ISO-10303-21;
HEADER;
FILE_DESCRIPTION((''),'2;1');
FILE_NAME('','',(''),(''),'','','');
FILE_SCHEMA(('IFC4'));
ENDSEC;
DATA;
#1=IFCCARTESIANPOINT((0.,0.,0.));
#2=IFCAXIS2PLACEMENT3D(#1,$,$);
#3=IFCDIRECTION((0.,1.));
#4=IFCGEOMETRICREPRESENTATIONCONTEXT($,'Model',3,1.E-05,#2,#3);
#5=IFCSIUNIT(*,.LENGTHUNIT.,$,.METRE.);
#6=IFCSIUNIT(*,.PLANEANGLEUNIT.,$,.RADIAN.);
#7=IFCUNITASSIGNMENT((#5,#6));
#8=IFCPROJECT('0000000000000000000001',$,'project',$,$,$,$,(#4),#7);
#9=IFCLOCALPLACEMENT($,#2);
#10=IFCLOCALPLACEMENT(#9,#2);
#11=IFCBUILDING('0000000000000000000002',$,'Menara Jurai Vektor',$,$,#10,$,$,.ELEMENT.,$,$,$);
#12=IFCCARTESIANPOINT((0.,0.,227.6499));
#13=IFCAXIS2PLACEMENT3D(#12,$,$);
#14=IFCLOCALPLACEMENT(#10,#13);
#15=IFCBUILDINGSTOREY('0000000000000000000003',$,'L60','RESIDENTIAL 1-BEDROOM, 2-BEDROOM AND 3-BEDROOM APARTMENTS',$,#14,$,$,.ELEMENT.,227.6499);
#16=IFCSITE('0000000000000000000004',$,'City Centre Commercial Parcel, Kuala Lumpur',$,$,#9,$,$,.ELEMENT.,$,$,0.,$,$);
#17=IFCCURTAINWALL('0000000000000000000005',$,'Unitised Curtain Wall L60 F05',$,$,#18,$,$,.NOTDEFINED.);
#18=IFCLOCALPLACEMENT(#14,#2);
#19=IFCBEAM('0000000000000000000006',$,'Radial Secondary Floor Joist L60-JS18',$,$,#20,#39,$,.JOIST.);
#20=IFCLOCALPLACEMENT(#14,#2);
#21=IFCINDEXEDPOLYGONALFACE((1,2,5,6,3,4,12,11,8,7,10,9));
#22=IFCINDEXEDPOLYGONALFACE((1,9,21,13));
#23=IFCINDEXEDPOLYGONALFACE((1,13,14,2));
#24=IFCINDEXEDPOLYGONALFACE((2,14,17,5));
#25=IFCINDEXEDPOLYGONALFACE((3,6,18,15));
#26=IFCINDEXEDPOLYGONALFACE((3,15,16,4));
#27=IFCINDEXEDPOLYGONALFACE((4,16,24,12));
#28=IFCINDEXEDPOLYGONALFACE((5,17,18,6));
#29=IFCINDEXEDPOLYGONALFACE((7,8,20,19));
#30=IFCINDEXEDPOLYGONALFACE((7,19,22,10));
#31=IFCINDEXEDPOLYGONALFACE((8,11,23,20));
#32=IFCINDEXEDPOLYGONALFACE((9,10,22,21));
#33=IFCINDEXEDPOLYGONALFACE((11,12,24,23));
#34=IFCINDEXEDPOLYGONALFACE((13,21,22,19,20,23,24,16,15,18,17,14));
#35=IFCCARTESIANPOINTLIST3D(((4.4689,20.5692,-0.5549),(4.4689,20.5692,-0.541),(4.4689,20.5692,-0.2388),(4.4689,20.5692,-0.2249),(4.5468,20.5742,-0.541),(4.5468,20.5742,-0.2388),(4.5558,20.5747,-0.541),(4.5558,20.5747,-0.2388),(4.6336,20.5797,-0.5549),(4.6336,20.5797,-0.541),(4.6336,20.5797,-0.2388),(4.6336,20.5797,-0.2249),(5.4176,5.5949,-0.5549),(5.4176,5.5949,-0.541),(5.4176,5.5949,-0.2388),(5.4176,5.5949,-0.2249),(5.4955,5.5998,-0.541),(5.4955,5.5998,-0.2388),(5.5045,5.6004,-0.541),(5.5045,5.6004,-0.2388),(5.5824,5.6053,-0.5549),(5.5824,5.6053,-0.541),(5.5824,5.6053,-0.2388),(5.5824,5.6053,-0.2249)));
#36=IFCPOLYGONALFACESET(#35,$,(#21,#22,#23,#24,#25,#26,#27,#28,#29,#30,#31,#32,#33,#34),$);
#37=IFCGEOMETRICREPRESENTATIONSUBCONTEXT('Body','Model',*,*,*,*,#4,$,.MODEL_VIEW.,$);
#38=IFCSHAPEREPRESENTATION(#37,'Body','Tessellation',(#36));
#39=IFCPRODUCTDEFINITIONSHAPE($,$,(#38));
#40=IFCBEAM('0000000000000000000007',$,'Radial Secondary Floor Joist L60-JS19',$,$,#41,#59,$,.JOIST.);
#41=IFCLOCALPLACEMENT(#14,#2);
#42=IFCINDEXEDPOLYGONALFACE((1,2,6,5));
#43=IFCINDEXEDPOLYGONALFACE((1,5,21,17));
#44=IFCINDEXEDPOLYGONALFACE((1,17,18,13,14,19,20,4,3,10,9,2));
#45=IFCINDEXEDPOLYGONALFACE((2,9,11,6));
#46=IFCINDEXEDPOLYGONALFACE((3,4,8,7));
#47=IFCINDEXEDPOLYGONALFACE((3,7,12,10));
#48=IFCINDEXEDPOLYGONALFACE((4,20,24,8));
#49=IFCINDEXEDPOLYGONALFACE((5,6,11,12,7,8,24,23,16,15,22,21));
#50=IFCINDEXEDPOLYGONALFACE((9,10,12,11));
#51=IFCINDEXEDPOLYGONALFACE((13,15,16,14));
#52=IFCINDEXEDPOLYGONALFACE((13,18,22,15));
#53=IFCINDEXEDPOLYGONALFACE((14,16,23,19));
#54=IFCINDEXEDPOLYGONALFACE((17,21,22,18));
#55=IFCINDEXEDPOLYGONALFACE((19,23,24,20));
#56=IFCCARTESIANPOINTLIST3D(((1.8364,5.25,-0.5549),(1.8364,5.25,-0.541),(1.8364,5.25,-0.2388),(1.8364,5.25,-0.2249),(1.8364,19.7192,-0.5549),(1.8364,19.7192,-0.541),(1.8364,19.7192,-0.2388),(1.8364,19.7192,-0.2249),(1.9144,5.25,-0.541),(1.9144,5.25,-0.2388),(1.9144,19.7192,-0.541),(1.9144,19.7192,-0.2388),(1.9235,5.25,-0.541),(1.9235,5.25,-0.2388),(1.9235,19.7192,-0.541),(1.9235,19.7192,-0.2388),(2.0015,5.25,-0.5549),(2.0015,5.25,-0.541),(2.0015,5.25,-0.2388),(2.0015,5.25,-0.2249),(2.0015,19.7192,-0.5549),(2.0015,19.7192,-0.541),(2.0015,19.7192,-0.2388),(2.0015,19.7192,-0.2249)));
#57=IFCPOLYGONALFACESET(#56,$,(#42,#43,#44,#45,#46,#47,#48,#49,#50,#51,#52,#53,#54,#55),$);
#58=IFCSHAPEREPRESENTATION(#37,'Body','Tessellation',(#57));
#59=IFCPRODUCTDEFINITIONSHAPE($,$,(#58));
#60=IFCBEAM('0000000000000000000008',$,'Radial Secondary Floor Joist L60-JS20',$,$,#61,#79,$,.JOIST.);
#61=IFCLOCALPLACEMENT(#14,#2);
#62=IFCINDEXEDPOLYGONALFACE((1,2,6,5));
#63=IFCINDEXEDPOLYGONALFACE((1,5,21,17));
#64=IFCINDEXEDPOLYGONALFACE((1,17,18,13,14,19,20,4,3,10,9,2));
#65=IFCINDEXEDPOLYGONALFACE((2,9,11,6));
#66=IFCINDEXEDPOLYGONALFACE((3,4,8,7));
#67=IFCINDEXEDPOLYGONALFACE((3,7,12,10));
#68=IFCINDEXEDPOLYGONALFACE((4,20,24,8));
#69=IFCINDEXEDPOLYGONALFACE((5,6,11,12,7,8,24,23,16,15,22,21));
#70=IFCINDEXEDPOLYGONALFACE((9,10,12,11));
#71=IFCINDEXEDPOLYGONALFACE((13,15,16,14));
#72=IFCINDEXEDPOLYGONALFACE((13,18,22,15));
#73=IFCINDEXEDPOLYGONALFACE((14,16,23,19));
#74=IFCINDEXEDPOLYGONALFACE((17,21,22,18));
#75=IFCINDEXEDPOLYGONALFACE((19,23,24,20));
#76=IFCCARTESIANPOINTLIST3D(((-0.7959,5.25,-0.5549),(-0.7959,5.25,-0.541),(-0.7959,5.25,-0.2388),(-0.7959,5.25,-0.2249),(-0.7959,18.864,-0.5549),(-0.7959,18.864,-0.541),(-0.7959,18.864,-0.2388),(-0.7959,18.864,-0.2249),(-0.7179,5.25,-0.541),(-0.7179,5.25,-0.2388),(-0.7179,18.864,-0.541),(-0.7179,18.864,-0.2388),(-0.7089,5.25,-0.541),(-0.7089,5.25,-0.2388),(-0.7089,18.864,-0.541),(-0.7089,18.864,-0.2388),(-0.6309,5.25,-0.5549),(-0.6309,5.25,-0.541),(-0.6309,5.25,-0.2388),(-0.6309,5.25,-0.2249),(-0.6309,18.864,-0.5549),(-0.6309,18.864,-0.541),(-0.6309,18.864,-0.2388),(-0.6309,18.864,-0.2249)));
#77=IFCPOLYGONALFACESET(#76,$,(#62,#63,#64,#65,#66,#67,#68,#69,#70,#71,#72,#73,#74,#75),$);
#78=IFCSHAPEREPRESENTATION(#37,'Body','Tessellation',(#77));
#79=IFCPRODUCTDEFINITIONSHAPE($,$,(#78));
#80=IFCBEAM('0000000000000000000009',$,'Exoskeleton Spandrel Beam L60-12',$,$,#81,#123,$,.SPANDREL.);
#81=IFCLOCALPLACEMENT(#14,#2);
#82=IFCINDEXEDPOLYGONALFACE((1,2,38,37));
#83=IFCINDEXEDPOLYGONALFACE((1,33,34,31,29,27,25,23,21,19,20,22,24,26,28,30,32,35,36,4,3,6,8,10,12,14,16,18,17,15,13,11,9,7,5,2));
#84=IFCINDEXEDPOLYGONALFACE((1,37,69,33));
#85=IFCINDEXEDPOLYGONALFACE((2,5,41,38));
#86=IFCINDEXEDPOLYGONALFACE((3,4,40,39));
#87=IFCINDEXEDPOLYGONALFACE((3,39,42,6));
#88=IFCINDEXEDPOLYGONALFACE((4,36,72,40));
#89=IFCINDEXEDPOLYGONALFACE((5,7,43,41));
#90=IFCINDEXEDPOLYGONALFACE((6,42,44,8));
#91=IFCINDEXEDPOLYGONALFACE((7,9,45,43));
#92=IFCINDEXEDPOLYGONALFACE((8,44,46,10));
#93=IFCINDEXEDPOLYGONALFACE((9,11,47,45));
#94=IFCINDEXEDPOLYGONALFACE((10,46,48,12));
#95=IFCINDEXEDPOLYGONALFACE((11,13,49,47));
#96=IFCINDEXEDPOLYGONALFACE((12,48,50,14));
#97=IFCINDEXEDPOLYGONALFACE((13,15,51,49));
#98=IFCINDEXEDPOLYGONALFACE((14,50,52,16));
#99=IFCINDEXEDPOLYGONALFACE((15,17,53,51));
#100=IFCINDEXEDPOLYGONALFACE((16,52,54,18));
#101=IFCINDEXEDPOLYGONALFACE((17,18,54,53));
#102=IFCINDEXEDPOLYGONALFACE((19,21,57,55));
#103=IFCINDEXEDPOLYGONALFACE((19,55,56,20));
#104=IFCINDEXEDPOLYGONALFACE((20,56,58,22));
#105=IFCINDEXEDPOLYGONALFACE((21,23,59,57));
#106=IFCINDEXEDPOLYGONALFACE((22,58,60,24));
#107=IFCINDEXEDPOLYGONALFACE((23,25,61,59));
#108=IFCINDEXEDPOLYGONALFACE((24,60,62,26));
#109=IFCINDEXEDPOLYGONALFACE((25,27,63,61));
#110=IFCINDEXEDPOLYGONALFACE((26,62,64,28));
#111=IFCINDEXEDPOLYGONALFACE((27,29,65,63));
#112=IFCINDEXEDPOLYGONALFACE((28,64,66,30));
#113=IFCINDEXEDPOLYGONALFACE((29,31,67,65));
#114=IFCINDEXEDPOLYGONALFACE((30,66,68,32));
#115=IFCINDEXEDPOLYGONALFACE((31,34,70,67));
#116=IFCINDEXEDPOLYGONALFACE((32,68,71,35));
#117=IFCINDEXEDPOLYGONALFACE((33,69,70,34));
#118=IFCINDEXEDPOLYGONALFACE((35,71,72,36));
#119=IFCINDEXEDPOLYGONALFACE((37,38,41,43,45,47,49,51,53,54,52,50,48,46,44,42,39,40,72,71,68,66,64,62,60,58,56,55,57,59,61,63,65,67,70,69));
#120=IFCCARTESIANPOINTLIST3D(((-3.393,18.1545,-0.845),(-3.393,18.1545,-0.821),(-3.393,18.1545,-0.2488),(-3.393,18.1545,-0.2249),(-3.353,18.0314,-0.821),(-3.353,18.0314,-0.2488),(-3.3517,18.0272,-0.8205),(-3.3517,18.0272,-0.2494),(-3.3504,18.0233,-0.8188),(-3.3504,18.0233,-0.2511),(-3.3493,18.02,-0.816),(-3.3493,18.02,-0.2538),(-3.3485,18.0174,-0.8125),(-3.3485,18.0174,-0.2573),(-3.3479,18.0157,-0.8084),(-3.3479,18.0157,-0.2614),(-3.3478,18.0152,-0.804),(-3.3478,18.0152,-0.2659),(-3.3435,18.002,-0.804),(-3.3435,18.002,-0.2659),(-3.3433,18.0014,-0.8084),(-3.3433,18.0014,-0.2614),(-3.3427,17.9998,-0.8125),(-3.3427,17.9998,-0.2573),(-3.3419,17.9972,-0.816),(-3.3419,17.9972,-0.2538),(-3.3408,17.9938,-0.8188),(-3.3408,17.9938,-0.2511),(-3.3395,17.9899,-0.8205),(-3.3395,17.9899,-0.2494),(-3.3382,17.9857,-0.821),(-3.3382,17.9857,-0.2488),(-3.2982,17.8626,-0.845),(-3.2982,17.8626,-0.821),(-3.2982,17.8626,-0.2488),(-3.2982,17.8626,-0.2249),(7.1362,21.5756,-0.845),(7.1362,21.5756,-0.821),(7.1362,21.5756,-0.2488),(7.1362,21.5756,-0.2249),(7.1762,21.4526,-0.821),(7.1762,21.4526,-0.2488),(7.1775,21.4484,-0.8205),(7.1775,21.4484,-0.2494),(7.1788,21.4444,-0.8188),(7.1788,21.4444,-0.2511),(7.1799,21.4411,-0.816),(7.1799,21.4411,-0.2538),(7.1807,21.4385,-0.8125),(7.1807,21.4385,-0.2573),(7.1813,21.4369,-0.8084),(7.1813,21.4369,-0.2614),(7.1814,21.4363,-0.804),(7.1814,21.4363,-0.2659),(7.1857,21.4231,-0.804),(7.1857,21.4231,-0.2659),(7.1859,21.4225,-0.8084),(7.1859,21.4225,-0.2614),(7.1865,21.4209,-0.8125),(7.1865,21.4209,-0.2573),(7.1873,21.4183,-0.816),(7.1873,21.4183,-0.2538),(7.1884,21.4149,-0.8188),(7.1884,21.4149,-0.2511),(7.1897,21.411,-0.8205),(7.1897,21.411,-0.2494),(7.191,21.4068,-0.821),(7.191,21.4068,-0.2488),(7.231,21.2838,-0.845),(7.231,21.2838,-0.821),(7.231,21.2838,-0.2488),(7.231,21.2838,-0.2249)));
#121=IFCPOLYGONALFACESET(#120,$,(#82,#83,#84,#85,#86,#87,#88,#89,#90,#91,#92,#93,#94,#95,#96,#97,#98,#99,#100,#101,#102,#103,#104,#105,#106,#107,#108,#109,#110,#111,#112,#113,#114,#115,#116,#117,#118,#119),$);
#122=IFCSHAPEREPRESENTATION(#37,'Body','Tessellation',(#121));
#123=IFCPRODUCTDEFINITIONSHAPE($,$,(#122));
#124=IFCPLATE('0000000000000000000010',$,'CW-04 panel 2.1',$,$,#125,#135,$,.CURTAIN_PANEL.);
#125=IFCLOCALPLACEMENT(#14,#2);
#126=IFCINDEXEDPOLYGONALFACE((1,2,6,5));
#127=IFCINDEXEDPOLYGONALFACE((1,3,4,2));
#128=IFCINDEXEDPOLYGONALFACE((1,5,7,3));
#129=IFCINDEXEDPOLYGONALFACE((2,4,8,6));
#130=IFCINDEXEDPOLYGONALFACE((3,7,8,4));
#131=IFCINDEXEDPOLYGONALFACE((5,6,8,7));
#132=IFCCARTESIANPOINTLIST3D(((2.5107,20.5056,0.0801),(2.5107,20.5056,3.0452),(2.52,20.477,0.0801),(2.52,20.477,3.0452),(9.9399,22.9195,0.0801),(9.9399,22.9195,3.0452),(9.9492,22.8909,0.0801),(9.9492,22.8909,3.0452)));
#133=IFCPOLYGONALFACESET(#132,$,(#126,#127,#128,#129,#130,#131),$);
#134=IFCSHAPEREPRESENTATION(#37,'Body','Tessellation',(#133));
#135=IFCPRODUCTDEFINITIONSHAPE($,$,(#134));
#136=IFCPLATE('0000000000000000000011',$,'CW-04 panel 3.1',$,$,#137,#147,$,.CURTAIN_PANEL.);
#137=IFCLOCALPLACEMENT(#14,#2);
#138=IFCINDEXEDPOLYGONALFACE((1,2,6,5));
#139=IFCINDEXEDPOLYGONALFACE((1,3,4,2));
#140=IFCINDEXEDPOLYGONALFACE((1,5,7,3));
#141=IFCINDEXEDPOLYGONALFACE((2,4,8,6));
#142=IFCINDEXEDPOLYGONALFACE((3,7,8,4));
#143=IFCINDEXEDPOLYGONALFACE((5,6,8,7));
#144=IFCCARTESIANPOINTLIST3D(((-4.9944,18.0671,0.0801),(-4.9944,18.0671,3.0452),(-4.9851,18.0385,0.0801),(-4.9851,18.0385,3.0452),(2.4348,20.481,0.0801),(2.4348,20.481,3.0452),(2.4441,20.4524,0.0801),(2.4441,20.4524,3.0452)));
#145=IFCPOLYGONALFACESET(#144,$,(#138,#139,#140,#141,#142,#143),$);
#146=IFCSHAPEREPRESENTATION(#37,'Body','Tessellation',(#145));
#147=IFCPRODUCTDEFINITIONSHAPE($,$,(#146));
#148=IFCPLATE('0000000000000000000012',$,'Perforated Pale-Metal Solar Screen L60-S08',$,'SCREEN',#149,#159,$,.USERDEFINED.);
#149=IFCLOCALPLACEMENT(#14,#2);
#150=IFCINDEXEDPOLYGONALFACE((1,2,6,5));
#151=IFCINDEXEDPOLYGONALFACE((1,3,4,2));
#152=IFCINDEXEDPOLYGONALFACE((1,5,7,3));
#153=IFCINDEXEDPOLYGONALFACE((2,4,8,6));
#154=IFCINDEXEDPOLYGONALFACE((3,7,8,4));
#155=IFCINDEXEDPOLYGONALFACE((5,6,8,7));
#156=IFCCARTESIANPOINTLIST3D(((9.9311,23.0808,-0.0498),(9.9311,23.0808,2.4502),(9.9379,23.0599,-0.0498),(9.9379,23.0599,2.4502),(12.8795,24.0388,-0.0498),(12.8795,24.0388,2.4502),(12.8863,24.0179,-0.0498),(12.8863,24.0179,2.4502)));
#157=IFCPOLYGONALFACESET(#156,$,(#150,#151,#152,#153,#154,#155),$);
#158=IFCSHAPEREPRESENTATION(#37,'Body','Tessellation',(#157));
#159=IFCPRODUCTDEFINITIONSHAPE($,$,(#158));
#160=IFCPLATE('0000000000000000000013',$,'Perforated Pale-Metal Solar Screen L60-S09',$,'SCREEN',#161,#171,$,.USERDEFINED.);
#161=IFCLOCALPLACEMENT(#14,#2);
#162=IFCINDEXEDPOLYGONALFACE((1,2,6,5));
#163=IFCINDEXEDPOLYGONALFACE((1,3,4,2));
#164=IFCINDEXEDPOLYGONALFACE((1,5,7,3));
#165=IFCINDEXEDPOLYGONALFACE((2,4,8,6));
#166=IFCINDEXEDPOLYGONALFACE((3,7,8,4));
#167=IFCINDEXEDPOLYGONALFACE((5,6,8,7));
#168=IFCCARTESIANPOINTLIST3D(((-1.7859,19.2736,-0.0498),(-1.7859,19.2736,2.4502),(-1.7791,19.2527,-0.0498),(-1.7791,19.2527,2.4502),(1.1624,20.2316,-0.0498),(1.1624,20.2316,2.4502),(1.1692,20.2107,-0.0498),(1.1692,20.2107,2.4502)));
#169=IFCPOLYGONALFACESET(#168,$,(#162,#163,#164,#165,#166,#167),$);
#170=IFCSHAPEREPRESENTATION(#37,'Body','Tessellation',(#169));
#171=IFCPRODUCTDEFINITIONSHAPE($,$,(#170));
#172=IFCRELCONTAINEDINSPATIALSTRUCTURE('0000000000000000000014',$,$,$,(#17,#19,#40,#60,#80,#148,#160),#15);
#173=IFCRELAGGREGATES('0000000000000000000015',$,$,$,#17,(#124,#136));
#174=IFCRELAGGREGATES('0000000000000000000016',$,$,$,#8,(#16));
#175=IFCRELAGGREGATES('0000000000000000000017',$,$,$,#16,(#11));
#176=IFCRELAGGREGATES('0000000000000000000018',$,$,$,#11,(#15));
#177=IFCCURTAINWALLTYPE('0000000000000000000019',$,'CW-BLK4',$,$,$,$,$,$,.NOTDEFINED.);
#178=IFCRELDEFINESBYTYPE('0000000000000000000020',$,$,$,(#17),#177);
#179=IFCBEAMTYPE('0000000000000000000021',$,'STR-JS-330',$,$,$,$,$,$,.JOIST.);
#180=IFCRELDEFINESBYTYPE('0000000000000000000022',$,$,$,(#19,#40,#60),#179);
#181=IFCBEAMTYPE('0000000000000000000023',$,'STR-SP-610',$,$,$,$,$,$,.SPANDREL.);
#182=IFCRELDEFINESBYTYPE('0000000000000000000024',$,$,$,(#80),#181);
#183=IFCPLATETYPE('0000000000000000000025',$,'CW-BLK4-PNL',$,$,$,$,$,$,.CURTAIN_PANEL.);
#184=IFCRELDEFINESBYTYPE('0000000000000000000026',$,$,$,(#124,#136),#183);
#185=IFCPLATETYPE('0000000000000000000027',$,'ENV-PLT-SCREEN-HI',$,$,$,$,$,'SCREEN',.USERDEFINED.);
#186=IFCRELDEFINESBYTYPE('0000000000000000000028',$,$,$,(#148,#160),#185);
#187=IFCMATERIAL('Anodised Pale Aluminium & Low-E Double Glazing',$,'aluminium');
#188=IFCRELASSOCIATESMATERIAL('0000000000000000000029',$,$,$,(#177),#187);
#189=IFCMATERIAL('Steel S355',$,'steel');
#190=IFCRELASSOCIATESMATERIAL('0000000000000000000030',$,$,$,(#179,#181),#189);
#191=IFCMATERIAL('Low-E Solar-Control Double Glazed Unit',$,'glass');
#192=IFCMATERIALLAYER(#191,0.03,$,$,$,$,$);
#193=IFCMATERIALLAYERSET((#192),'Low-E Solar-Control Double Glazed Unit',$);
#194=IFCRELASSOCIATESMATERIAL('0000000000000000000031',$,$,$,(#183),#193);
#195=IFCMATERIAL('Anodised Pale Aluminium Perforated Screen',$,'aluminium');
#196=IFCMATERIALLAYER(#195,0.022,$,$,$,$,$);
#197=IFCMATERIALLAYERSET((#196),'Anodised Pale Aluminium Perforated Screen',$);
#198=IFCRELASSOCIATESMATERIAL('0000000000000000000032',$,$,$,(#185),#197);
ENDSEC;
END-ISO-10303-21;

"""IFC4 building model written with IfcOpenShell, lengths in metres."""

from ifc_helpers import new_model, si_unit, direction, frame, origin, origin_2d, place, context, subcontext, project, spatial, rectangle, i_section, extrude, material, layer, layer_set, material_profile, profile_set, type_object, element, aggregate, save


model = new_model("IFC4")

# Units and contexts
model_context = context("Model", 3, precision=1e-05, world=origin(), true_north=direction((0.0, 1.0)))
body_context = subcontext(model_context, "Body", "Model", "MODEL_VIEW")
ifc_project = project(units=[si_unit("LENGTHUNIT", "METRE"), si_unit("PLANEANGLEUNIT", "RADIAN")], contexts=[model_context])

# Site, building, storey
site_placement = place(None, origin())
site = spatial("IfcSite", under=ifc_project, at=site_placement, Name="City Centre Commercial Parcel, Kuala Lumpur", CompositionType="ELEMENT", RefElevation=0.0)
building_placement = place(site_placement, origin())
building = spatial("IfcBuilding", under=site, at=building_placement, Name="Menara Jurai Vektor", CompositionType="ELEMENT")
storey_placement = place(building_placement, frame((0.0, 0.0, 227.6499)))
storey = spatial("IfcBuildingStorey", under=building, at=storey_placement, Name="L60", Description="RESIDENTIAL 1-BEDROOM, 2-BEDROOM AND 3-BEDROOM APARTMENTS", CompositionType="ELEMENT", Elevation=227.6499)

# Curtain wall
ifc_material_1 = material(Name="Anodised Pale Aluminium & Low-E Double Glazing", Category="aluminium")
curtain_wall_type = type_object("IfcCurtainWallType", Name="CW-BLK4", PredefinedType="NOTDEFINED", material=ifc_material_1)
curtain_wall_placement = place(storey_placement, origin())
curtain_wall = element("IfcCurtainWall", 1, at=curtain_wall_placement, inside=storey, type_object=curtain_wall_type, Name="Unitised Curtain Wall L60 F05", PredefinedType="NOTDEFINED")

# Beams
ifc_material_2 = material(Name="Steel S355", Category="steel")
ifc_material_profile_1 = material_profile(ifc_material_2, i_section(OverallWidth=0.165, OverallDepth=0.3301, WebThickness=0.009, FlangeThickness=0.0139, at=origin_2d()), Name="PG 330x165x46")
ifc_profile_set_1 = profile_set([ifc_material_profile_1], Name="Steel S355")
beam_type_1 = type_object("IfcBeamType", Name="STR-JS-330", PredefinedType="JOIST", material=ifc_profile_set_1)
beam_1_placement = place(storey_placement, frame((4.5513, 20.5745, -0.3899), z_axis=(0.06323, -0.997999, 0.0), x_axis=(0.997999, 0.06323, 0.0)))
element("IfcBeam", 2, at=beam_1_placement, inside=storey, type_object=beam_type_1, Name="Radial Secondary Floor Joist L60-JS18", PredefinedType="JOIST", context=body_context, shape_type="SweptSolid", body=[
    extrude(i_section(OverallWidth=0.165, OverallDepth=0.3301, WebThickness=0.009, FlangeThickness=0.0139, at=origin_2d()), origin(), (0.0, 0.0, 1.0), 15.0044),
])
beam_2_placement = place(storey_placement, frame((1.9189, 19.7192, -0.3899), z_axis=(0.0, -1.0, 0.0), x_axis=(1.0, 0.0, 0.0)))
element("IfcBeam", 3, at=beam_2_placement, inside=storey, type_object=beam_type_1, Name="Radial Secondary Floor Joist L60-JS19", PredefinedType="JOIST", context=body_context, shape_type="SweptSolid", body=[
    extrude(i_section(OverallWidth=0.165, OverallDepth=0.3301, WebThickness=0.009, FlangeThickness=0.0139, at=origin_2d()), origin(), (0.0, 0.0, 1.0), 14.4692),
])
beam_3_placement = place(storey_placement, frame((-0.7134, 18.864, -0.3899), z_axis=(0.0, -1.0, 0.0), x_axis=(1.0, 0.0, 0.0)))
element("IfcBeam", 4, at=beam_3_placement, inside=storey, type_object=beam_type_1, Name="Radial Secondary Floor Joist L60-JS20", PredefinedType="JOIST", context=body_context, shape_type="SweptSolid", body=[
    extrude(i_section(OverallWidth=0.165, OverallDepth=0.3301, WebThickness=0.009, FlangeThickness=0.0139, at=origin_2d()), origin(), (0.0, 0.0, 1.0), 13.614),
])
ifc_material_profile_2 = material_profile(ifc_material_2, i_section(OverallWidth=0.3069, OverallDepth=0.6201, WebThickness=0.0139, FlangeThickness=0.0239, FilletRadius=0.0171, at=origin_2d()), Name="UKB 610x305x179")
ifc_profile_set_2 = profile_set([ifc_material_profile_2], Name="Steel S355")
beam_type_2 = type_object("IfcBeamType", Name="STR-SP-610", PredefinedType="SPANDREL", material=ifc_profile_set_2)
beam_4_placement = place(storey_placement, frame((7.1836, 21.4297, -0.5349), z_axis=(-0.951057, -0.309014, 0.0), x_axis=(0.309014, -0.951057, 0.0)))
element("IfcBeam", 5, at=beam_4_placement, inside=storey, type_object=beam_type_2, Name="Exoskeleton Spandrel Beam L60-12", PredefinedType="SPANDREL", context=body_context, shape_type="SweptSolid", body=[
    extrude(i_section(OverallWidth=0.3069, OverallDepth=0.6201, WebThickness=0.0139, FlangeThickness=0.0239, FilletRadius=0.0171, at=origin_2d()), origin(), (0.0, 0.0, 1.0), 11.071),
])

# Plates
ifc_material_3 = material(Name="Low-E Solar-Control Double Glazed Unit", Category="glass")
ifc_layer_1 = layer(ifc_material_3, 0.03)
ifc_layer_set_1 = layer_set([ifc_layer_1], Name="Low-E Solar-Control Double Glazed Unit")
plate_type_1 = type_object("IfcPlateType", Name="CW-BLK4-PNL", PredefinedType="CURTAIN_PANEL", material=ifc_layer_set_1)
plate_1_placement = place(storey_placement, frame((6.23, 21.6982, 0.0801), z_axis=(0.0, 0.0, 1.0), x_axis=(-0.951056, -0.309017, 0.0)))
plate_1 = element("IfcPlate", 6, at=plate_1_placement, type_object=plate_type_1, Name="CW-04 panel 2.1", PredefinedType="CURTAIN_PANEL", context=body_context, shape_type="SweptSolid", body=[
    extrude(rectangle(XDim=7.8115, YDim=0.03, at=origin_2d()), origin(), (0.0, 0.0, 1.0), 2.9651),
])
plate_2_placement = place(storey_placement, frame((-1.2751, 19.2598, 0.0801), z_axis=(0.0, 0.0, 1.0), x_axis=(-0.951056, -0.309017, 0.0)))
plate_2 = element("IfcPlate", 7, at=plate_2_placement, type_object=plate_type_1, Name="CW-04 panel 3.1", PredefinedType="CURTAIN_PANEL", context=body_context, shape_type="SweptSolid", body=[
    extrude(rectangle(XDim=7.8115, YDim=0.03, at=origin_2d()), origin(), (0.0, 0.0, 1.0), 2.9651),
])
aggregate(curtain_wall, [plate_1, plate_2])

# Plates
ifc_material_4 = material(Name="Anodised Pale Aluminium Perforated Screen", Category="aluminium")
ifc_layer_2 = layer(ifc_material_4, 0.022)
ifc_layer_set_2 = layer_set([ifc_layer_2], Name="Anodised Pale Aluminium Perforated Screen")
plate_type_2 = type_object("IfcPlateType", Name="ENV-PLT-SCREEN-HI", ElementType="SCREEN", PredefinedType="USERDEFINED", material=ifc_layer_set_2)
for number, where, z_axis, x_axis, name in (
    (8, (11.4087, 23.5493, -0.0498), (0.0, 0.0, 1.0), (-0.951057, -0.309017, 0.0), "Perforated Pale-Metal Solar Screen L60-S08"),
    (9, (-0.3083, 19.7422, -0.0498), (0.0, 0.0, 1.0), (-0.951057, -0.309017, 0.0), "Perforated Pale-Metal Solar Screen L60-S09"),
):
    element("IfcPlate", number, at=place(storey_placement, frame(where, z_axis=z_axis, x_axis=x_axis)), inside=storey, type_object=plate_type_2, Name=name, ObjectType="SCREEN", PredefinedType="USERDEFINED", context=body_context, shape_type="SweptSolid", body=[
        extrude(rectangle(XDim=3.1001, YDim=0.022, at=origin_2d()), origin(), (0.0, 0.0, 1.0), 2.5),
    ])

save(model, "model.ifc")
